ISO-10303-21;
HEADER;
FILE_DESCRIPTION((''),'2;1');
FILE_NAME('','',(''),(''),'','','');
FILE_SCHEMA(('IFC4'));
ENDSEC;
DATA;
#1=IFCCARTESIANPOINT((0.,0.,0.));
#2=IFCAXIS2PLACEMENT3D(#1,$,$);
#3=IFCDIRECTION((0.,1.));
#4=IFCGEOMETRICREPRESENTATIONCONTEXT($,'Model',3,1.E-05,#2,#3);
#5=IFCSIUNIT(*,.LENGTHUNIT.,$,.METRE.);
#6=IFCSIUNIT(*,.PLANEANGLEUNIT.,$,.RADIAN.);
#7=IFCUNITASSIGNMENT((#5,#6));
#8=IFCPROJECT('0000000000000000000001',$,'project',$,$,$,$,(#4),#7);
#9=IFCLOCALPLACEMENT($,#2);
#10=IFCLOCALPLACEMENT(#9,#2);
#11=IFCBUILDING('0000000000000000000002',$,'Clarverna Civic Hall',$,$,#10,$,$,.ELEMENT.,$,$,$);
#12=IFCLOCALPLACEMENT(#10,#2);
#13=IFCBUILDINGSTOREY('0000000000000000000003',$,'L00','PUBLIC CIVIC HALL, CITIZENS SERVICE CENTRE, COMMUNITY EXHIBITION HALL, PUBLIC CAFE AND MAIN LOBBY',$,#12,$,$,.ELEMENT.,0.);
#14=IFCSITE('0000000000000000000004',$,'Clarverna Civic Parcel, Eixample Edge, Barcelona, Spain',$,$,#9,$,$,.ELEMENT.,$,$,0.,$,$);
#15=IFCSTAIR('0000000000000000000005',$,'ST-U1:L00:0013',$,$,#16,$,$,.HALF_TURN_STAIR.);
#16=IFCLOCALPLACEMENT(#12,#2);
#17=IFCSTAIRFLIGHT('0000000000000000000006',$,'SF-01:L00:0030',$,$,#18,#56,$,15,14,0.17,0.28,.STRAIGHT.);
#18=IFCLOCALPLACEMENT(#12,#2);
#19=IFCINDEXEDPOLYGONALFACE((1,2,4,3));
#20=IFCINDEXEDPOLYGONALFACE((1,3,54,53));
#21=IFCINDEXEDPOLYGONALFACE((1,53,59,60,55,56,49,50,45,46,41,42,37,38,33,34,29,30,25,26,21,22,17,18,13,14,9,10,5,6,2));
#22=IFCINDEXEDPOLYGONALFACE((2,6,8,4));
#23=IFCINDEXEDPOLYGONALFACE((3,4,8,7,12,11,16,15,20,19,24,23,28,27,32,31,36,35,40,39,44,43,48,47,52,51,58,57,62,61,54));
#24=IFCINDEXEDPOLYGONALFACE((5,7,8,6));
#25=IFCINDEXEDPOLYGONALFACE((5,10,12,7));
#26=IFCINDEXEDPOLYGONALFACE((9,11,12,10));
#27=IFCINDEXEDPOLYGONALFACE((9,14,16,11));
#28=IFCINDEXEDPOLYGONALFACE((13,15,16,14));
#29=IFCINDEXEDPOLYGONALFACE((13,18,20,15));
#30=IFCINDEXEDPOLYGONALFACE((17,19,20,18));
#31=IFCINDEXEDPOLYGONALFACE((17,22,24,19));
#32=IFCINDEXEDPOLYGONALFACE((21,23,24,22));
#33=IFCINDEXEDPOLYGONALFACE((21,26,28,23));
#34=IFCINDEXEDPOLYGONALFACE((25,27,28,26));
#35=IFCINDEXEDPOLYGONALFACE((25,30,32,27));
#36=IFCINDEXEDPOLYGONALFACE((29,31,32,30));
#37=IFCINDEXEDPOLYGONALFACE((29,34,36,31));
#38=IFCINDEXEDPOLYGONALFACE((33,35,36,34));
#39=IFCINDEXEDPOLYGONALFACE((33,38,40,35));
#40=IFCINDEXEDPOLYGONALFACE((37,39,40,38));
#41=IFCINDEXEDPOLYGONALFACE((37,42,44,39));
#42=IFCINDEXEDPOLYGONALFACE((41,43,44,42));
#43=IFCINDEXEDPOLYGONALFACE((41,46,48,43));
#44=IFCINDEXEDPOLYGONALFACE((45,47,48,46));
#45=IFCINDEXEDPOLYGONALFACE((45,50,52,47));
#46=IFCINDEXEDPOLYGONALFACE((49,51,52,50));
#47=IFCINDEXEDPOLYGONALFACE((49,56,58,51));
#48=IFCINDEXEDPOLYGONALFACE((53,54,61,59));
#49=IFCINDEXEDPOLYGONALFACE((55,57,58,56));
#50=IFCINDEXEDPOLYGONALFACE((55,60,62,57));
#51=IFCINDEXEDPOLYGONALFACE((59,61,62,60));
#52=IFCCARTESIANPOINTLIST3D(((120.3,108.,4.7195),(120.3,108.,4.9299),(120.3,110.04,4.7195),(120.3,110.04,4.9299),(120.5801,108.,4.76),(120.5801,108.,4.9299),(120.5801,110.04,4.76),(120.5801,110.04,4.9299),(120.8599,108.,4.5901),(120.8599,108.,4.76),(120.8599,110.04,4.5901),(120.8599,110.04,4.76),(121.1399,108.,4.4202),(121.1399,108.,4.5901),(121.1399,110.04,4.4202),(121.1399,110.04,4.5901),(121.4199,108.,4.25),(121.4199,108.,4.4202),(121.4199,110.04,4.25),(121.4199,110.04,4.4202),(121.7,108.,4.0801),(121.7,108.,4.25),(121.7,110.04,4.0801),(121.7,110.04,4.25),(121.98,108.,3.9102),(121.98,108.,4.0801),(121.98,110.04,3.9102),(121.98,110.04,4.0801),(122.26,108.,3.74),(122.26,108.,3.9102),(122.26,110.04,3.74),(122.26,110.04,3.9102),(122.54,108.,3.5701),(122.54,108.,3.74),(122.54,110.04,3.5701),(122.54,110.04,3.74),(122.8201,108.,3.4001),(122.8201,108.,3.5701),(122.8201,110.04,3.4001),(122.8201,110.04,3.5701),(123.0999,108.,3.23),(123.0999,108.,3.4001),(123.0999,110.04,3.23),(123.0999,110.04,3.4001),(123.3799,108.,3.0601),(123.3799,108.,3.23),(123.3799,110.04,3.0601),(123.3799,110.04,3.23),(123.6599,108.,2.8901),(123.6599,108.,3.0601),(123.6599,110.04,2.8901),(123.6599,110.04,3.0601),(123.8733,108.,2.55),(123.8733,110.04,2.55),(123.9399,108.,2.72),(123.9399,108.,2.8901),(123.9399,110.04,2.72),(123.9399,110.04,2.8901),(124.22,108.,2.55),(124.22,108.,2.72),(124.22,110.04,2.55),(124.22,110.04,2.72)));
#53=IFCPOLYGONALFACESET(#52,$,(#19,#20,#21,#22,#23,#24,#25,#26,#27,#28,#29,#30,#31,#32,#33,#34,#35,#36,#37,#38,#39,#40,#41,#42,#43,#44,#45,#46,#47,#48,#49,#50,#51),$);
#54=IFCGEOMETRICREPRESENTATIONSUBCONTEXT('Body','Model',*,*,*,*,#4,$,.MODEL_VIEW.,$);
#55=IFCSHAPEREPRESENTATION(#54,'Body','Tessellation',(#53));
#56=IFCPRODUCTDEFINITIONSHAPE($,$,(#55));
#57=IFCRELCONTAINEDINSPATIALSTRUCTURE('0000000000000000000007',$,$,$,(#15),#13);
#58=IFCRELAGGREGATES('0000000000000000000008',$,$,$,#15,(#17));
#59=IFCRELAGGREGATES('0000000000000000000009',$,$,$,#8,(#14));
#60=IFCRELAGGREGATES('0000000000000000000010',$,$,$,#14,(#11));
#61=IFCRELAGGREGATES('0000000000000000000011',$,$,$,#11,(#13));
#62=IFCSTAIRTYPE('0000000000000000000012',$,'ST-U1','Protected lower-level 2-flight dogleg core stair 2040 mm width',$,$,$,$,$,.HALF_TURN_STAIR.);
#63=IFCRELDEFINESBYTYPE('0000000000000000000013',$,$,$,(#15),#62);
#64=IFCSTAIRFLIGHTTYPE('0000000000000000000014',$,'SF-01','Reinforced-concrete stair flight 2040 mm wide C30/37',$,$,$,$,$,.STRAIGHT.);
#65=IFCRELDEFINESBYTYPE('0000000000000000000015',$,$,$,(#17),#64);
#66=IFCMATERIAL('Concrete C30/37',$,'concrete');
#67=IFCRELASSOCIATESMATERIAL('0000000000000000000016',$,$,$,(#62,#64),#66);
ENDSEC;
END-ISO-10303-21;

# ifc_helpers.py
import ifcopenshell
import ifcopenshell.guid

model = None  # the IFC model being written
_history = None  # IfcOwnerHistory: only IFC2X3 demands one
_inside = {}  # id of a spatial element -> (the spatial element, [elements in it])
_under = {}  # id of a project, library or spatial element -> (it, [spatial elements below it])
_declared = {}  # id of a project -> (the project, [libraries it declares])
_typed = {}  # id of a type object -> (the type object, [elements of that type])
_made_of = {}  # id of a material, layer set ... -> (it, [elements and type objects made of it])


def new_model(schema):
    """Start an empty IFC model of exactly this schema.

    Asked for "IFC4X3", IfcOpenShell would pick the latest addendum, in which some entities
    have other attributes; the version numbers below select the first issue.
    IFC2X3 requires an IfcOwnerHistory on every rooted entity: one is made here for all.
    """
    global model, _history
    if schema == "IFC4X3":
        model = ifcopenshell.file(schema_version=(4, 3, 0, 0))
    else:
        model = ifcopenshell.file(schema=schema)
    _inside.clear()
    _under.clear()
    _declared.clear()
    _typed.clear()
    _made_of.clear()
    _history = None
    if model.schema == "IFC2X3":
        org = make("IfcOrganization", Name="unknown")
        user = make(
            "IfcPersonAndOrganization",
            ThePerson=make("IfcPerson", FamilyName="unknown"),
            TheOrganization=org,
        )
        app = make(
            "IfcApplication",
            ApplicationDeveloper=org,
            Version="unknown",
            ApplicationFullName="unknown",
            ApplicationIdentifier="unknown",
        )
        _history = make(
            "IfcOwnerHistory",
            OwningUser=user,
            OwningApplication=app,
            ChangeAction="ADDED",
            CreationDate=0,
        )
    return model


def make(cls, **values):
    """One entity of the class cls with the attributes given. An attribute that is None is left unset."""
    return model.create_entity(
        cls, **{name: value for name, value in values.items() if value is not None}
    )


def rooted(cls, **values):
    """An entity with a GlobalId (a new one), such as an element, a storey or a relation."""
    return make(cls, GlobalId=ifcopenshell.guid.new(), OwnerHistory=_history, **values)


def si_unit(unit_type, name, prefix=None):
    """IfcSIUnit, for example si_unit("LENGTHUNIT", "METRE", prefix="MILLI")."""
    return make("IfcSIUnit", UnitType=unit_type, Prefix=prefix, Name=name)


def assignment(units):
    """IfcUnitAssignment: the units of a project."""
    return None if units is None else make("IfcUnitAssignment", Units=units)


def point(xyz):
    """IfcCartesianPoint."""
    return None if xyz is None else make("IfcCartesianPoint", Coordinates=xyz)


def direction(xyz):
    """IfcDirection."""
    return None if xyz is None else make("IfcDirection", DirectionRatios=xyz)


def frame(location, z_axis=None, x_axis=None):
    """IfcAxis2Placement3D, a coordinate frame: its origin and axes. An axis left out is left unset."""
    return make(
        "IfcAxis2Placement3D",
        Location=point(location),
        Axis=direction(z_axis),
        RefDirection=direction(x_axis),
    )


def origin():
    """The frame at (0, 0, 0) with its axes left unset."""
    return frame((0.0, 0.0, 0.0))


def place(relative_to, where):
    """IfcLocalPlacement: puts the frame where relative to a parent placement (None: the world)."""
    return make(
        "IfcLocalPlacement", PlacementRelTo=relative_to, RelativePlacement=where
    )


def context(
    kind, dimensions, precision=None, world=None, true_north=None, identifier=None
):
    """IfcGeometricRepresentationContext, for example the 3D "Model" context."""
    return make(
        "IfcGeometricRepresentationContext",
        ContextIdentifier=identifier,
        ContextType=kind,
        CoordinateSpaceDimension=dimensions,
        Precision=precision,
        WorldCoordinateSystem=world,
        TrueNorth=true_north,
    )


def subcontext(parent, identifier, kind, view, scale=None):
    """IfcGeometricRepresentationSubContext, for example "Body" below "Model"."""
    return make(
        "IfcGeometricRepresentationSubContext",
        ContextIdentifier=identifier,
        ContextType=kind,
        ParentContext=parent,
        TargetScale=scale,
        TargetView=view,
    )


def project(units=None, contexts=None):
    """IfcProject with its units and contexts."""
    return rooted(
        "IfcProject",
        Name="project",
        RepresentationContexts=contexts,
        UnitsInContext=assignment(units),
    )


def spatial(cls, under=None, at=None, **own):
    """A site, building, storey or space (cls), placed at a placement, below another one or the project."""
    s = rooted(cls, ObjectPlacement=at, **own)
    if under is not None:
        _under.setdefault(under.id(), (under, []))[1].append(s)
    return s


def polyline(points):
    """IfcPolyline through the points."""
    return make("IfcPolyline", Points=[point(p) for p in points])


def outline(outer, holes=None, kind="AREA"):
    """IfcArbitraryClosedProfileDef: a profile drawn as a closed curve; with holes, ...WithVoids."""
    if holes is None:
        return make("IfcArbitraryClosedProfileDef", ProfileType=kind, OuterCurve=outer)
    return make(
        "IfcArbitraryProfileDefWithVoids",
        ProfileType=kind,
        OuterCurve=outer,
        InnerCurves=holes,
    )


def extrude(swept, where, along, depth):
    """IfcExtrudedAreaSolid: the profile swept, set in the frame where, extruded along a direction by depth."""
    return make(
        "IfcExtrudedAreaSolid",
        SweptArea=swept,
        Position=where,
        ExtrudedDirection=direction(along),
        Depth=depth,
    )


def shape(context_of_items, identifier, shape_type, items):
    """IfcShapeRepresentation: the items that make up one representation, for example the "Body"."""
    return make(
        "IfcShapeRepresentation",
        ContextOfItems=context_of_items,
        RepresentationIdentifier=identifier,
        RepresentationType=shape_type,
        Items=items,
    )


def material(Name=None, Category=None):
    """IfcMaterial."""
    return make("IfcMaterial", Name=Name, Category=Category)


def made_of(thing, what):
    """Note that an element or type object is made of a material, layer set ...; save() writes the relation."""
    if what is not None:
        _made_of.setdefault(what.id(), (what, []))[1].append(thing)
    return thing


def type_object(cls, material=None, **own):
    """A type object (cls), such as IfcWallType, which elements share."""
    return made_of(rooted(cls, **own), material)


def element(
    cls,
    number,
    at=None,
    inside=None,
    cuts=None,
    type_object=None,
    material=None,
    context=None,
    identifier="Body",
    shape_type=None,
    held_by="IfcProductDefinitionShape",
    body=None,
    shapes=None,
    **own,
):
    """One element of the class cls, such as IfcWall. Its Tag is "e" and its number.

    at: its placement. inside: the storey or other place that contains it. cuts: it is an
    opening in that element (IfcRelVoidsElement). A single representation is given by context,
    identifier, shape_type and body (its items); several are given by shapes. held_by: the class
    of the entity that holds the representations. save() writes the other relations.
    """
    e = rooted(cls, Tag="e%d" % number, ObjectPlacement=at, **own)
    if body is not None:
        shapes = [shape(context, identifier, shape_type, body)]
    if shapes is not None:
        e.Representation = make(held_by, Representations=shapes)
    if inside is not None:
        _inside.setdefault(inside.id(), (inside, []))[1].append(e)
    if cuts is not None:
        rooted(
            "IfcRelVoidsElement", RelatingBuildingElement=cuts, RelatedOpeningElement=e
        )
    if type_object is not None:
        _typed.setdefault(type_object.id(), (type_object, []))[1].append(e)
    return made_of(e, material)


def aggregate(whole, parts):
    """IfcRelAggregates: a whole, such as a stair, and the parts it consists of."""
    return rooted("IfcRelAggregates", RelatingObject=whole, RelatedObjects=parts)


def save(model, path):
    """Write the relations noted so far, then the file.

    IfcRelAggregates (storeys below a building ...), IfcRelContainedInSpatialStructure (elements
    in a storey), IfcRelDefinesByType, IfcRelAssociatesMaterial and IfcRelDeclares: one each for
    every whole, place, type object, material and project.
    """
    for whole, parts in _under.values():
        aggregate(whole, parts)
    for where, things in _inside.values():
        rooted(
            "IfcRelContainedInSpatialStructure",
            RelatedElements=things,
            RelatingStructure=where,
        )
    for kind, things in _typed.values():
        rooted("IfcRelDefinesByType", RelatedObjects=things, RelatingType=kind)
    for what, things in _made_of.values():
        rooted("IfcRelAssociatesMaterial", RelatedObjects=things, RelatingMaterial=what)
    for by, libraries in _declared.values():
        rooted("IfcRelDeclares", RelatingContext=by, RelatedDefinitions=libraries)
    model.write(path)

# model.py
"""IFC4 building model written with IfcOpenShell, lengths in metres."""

from ifc_helpers import new_model, si_unit, direction, frame, origin, place, context, subcontext, project, spatial, polyline, outline, extrude, material, type_object, element, aggregate, save


model = new_model("IFC4")

# Units and contexts
model_context = context("Model", 3, precision=1e-05, world=origin(), true_north=direction((0.0, 1.0)))
body_context = subcontext(model_context, "Body", "Model", "MODEL_VIEW")
ifc_project = project(units=[si_unit("LENGTHUNIT", "METRE"), si_unit("PLANEANGLEUNIT", "RADIAN")], contexts=[model_context])

# Site, building, storey
site_placement = place(None, origin())
site = spatial("IfcSite", under=ifc_project, at=site_placement, Name="Clarverna Civic Parcel, Eixample Edge, Barcelona, Spain", CompositionType="ELEMENT", RefElevation=0.0)
building_placement = place(site_placement, origin())
building = spatial("IfcBuilding", under=site, at=building_placement, Name="Clarverna Civic Hall", CompositionType="ELEMENT")
storey_placement = place(building_placement, origin())
storey = spatial("IfcBuildingStorey", under=building, at=storey_placement, Name="L00", Description="PUBLIC CIVIC HALL, CITIZENS SERVICE CENTRE, COMMUNITY EXHIBITION HALL, PUBLIC CAFE AND MAIN LOBBY", CompositionType="ELEMENT", Elevation=0.0)

# Stair, stair flight
ifc_material_1 = material(Name="Concrete C30/37", Category="concrete")
stair_type = type_object("IfcStairType", Name="ST-U1", Description="Protected lower-level 2-flight dogleg core stair 2040 mm width", PredefinedType="HALF_TURN_STAIR", material=ifc_material_1)
stair_placement = place(storey_placement, origin())
stair = element("IfcStair", 1, at=stair_placement, inside=storey, type_object=stair_type, Name="ST-U1:L00:0013", PredefinedType="HALF_TURN_STAIR")
stair_flight_type = type_object("IfcStairFlightType", Name="SF-01", Description="Reinforced-concrete stair flight 2040 mm wide C30/37", PredefinedType="STRAIGHT", material=ifc_material_1)
stair_flight_placement = place(storey_placement, frame((124.22, 109.02, 2.55), z_axis=(0.0, 0.0, 1.0), x_axis=(-1.0, 0.0, 0.0)))
stair_flight = element("IfcStairFlight", 2, at=stair_flight_placement, type_object=stair_flight_type, Name="SF-01:L00:0030", NumberOfRisers=15, NumberOfTreads=14, PredefinedType="STRAIGHT", RiserHeight=0.17, TreadLength=0.28, context=body_context, shape_type="SweptSolid", body=[
    extrude(outline(polyline([(0.0, 0.0), (0.0, 0.1699), (0.28, 0.1699), (0.28, 0.3401), (0.5601, 0.3401), (0.5601, 0.51), (0.8401, 0.51), (0.8401, 0.6799), (1.1201, 0.6799), (1.1201, 0.8501), (1.3999, 0.8501), (1.3999, 1.02), (1.6799, 1.02), (1.6799, 1.1899), (1.96, 1.1899), (1.96, 1.3601), (2.24, 1.3601), (2.24, 1.53), (2.52, 1.53), (2.52, 1.7), (2.8, 1.7), (2.8, 1.8701), (3.0801, 1.8701), (3.0801, 2.04), (3.3601, 2.04), (3.3601, 2.21), (3.6399, 2.21), (3.6399, 2.3799), (3.9199, 2.3799), (3.9199, 2.55), (3.9199, 2.1694), (0.3467, 0.0), (0.0, 0.0)])), frame((0.0, 1.02, 0.0), z_axis=(0.0, -1.0, 0.0), x_axis=(1.0, 0.0, 0.0)), (0.0, 0.0, 1.0), 2.04),
])
aggregate(stair, [stair_flight])

save(model, "model.ifc")
